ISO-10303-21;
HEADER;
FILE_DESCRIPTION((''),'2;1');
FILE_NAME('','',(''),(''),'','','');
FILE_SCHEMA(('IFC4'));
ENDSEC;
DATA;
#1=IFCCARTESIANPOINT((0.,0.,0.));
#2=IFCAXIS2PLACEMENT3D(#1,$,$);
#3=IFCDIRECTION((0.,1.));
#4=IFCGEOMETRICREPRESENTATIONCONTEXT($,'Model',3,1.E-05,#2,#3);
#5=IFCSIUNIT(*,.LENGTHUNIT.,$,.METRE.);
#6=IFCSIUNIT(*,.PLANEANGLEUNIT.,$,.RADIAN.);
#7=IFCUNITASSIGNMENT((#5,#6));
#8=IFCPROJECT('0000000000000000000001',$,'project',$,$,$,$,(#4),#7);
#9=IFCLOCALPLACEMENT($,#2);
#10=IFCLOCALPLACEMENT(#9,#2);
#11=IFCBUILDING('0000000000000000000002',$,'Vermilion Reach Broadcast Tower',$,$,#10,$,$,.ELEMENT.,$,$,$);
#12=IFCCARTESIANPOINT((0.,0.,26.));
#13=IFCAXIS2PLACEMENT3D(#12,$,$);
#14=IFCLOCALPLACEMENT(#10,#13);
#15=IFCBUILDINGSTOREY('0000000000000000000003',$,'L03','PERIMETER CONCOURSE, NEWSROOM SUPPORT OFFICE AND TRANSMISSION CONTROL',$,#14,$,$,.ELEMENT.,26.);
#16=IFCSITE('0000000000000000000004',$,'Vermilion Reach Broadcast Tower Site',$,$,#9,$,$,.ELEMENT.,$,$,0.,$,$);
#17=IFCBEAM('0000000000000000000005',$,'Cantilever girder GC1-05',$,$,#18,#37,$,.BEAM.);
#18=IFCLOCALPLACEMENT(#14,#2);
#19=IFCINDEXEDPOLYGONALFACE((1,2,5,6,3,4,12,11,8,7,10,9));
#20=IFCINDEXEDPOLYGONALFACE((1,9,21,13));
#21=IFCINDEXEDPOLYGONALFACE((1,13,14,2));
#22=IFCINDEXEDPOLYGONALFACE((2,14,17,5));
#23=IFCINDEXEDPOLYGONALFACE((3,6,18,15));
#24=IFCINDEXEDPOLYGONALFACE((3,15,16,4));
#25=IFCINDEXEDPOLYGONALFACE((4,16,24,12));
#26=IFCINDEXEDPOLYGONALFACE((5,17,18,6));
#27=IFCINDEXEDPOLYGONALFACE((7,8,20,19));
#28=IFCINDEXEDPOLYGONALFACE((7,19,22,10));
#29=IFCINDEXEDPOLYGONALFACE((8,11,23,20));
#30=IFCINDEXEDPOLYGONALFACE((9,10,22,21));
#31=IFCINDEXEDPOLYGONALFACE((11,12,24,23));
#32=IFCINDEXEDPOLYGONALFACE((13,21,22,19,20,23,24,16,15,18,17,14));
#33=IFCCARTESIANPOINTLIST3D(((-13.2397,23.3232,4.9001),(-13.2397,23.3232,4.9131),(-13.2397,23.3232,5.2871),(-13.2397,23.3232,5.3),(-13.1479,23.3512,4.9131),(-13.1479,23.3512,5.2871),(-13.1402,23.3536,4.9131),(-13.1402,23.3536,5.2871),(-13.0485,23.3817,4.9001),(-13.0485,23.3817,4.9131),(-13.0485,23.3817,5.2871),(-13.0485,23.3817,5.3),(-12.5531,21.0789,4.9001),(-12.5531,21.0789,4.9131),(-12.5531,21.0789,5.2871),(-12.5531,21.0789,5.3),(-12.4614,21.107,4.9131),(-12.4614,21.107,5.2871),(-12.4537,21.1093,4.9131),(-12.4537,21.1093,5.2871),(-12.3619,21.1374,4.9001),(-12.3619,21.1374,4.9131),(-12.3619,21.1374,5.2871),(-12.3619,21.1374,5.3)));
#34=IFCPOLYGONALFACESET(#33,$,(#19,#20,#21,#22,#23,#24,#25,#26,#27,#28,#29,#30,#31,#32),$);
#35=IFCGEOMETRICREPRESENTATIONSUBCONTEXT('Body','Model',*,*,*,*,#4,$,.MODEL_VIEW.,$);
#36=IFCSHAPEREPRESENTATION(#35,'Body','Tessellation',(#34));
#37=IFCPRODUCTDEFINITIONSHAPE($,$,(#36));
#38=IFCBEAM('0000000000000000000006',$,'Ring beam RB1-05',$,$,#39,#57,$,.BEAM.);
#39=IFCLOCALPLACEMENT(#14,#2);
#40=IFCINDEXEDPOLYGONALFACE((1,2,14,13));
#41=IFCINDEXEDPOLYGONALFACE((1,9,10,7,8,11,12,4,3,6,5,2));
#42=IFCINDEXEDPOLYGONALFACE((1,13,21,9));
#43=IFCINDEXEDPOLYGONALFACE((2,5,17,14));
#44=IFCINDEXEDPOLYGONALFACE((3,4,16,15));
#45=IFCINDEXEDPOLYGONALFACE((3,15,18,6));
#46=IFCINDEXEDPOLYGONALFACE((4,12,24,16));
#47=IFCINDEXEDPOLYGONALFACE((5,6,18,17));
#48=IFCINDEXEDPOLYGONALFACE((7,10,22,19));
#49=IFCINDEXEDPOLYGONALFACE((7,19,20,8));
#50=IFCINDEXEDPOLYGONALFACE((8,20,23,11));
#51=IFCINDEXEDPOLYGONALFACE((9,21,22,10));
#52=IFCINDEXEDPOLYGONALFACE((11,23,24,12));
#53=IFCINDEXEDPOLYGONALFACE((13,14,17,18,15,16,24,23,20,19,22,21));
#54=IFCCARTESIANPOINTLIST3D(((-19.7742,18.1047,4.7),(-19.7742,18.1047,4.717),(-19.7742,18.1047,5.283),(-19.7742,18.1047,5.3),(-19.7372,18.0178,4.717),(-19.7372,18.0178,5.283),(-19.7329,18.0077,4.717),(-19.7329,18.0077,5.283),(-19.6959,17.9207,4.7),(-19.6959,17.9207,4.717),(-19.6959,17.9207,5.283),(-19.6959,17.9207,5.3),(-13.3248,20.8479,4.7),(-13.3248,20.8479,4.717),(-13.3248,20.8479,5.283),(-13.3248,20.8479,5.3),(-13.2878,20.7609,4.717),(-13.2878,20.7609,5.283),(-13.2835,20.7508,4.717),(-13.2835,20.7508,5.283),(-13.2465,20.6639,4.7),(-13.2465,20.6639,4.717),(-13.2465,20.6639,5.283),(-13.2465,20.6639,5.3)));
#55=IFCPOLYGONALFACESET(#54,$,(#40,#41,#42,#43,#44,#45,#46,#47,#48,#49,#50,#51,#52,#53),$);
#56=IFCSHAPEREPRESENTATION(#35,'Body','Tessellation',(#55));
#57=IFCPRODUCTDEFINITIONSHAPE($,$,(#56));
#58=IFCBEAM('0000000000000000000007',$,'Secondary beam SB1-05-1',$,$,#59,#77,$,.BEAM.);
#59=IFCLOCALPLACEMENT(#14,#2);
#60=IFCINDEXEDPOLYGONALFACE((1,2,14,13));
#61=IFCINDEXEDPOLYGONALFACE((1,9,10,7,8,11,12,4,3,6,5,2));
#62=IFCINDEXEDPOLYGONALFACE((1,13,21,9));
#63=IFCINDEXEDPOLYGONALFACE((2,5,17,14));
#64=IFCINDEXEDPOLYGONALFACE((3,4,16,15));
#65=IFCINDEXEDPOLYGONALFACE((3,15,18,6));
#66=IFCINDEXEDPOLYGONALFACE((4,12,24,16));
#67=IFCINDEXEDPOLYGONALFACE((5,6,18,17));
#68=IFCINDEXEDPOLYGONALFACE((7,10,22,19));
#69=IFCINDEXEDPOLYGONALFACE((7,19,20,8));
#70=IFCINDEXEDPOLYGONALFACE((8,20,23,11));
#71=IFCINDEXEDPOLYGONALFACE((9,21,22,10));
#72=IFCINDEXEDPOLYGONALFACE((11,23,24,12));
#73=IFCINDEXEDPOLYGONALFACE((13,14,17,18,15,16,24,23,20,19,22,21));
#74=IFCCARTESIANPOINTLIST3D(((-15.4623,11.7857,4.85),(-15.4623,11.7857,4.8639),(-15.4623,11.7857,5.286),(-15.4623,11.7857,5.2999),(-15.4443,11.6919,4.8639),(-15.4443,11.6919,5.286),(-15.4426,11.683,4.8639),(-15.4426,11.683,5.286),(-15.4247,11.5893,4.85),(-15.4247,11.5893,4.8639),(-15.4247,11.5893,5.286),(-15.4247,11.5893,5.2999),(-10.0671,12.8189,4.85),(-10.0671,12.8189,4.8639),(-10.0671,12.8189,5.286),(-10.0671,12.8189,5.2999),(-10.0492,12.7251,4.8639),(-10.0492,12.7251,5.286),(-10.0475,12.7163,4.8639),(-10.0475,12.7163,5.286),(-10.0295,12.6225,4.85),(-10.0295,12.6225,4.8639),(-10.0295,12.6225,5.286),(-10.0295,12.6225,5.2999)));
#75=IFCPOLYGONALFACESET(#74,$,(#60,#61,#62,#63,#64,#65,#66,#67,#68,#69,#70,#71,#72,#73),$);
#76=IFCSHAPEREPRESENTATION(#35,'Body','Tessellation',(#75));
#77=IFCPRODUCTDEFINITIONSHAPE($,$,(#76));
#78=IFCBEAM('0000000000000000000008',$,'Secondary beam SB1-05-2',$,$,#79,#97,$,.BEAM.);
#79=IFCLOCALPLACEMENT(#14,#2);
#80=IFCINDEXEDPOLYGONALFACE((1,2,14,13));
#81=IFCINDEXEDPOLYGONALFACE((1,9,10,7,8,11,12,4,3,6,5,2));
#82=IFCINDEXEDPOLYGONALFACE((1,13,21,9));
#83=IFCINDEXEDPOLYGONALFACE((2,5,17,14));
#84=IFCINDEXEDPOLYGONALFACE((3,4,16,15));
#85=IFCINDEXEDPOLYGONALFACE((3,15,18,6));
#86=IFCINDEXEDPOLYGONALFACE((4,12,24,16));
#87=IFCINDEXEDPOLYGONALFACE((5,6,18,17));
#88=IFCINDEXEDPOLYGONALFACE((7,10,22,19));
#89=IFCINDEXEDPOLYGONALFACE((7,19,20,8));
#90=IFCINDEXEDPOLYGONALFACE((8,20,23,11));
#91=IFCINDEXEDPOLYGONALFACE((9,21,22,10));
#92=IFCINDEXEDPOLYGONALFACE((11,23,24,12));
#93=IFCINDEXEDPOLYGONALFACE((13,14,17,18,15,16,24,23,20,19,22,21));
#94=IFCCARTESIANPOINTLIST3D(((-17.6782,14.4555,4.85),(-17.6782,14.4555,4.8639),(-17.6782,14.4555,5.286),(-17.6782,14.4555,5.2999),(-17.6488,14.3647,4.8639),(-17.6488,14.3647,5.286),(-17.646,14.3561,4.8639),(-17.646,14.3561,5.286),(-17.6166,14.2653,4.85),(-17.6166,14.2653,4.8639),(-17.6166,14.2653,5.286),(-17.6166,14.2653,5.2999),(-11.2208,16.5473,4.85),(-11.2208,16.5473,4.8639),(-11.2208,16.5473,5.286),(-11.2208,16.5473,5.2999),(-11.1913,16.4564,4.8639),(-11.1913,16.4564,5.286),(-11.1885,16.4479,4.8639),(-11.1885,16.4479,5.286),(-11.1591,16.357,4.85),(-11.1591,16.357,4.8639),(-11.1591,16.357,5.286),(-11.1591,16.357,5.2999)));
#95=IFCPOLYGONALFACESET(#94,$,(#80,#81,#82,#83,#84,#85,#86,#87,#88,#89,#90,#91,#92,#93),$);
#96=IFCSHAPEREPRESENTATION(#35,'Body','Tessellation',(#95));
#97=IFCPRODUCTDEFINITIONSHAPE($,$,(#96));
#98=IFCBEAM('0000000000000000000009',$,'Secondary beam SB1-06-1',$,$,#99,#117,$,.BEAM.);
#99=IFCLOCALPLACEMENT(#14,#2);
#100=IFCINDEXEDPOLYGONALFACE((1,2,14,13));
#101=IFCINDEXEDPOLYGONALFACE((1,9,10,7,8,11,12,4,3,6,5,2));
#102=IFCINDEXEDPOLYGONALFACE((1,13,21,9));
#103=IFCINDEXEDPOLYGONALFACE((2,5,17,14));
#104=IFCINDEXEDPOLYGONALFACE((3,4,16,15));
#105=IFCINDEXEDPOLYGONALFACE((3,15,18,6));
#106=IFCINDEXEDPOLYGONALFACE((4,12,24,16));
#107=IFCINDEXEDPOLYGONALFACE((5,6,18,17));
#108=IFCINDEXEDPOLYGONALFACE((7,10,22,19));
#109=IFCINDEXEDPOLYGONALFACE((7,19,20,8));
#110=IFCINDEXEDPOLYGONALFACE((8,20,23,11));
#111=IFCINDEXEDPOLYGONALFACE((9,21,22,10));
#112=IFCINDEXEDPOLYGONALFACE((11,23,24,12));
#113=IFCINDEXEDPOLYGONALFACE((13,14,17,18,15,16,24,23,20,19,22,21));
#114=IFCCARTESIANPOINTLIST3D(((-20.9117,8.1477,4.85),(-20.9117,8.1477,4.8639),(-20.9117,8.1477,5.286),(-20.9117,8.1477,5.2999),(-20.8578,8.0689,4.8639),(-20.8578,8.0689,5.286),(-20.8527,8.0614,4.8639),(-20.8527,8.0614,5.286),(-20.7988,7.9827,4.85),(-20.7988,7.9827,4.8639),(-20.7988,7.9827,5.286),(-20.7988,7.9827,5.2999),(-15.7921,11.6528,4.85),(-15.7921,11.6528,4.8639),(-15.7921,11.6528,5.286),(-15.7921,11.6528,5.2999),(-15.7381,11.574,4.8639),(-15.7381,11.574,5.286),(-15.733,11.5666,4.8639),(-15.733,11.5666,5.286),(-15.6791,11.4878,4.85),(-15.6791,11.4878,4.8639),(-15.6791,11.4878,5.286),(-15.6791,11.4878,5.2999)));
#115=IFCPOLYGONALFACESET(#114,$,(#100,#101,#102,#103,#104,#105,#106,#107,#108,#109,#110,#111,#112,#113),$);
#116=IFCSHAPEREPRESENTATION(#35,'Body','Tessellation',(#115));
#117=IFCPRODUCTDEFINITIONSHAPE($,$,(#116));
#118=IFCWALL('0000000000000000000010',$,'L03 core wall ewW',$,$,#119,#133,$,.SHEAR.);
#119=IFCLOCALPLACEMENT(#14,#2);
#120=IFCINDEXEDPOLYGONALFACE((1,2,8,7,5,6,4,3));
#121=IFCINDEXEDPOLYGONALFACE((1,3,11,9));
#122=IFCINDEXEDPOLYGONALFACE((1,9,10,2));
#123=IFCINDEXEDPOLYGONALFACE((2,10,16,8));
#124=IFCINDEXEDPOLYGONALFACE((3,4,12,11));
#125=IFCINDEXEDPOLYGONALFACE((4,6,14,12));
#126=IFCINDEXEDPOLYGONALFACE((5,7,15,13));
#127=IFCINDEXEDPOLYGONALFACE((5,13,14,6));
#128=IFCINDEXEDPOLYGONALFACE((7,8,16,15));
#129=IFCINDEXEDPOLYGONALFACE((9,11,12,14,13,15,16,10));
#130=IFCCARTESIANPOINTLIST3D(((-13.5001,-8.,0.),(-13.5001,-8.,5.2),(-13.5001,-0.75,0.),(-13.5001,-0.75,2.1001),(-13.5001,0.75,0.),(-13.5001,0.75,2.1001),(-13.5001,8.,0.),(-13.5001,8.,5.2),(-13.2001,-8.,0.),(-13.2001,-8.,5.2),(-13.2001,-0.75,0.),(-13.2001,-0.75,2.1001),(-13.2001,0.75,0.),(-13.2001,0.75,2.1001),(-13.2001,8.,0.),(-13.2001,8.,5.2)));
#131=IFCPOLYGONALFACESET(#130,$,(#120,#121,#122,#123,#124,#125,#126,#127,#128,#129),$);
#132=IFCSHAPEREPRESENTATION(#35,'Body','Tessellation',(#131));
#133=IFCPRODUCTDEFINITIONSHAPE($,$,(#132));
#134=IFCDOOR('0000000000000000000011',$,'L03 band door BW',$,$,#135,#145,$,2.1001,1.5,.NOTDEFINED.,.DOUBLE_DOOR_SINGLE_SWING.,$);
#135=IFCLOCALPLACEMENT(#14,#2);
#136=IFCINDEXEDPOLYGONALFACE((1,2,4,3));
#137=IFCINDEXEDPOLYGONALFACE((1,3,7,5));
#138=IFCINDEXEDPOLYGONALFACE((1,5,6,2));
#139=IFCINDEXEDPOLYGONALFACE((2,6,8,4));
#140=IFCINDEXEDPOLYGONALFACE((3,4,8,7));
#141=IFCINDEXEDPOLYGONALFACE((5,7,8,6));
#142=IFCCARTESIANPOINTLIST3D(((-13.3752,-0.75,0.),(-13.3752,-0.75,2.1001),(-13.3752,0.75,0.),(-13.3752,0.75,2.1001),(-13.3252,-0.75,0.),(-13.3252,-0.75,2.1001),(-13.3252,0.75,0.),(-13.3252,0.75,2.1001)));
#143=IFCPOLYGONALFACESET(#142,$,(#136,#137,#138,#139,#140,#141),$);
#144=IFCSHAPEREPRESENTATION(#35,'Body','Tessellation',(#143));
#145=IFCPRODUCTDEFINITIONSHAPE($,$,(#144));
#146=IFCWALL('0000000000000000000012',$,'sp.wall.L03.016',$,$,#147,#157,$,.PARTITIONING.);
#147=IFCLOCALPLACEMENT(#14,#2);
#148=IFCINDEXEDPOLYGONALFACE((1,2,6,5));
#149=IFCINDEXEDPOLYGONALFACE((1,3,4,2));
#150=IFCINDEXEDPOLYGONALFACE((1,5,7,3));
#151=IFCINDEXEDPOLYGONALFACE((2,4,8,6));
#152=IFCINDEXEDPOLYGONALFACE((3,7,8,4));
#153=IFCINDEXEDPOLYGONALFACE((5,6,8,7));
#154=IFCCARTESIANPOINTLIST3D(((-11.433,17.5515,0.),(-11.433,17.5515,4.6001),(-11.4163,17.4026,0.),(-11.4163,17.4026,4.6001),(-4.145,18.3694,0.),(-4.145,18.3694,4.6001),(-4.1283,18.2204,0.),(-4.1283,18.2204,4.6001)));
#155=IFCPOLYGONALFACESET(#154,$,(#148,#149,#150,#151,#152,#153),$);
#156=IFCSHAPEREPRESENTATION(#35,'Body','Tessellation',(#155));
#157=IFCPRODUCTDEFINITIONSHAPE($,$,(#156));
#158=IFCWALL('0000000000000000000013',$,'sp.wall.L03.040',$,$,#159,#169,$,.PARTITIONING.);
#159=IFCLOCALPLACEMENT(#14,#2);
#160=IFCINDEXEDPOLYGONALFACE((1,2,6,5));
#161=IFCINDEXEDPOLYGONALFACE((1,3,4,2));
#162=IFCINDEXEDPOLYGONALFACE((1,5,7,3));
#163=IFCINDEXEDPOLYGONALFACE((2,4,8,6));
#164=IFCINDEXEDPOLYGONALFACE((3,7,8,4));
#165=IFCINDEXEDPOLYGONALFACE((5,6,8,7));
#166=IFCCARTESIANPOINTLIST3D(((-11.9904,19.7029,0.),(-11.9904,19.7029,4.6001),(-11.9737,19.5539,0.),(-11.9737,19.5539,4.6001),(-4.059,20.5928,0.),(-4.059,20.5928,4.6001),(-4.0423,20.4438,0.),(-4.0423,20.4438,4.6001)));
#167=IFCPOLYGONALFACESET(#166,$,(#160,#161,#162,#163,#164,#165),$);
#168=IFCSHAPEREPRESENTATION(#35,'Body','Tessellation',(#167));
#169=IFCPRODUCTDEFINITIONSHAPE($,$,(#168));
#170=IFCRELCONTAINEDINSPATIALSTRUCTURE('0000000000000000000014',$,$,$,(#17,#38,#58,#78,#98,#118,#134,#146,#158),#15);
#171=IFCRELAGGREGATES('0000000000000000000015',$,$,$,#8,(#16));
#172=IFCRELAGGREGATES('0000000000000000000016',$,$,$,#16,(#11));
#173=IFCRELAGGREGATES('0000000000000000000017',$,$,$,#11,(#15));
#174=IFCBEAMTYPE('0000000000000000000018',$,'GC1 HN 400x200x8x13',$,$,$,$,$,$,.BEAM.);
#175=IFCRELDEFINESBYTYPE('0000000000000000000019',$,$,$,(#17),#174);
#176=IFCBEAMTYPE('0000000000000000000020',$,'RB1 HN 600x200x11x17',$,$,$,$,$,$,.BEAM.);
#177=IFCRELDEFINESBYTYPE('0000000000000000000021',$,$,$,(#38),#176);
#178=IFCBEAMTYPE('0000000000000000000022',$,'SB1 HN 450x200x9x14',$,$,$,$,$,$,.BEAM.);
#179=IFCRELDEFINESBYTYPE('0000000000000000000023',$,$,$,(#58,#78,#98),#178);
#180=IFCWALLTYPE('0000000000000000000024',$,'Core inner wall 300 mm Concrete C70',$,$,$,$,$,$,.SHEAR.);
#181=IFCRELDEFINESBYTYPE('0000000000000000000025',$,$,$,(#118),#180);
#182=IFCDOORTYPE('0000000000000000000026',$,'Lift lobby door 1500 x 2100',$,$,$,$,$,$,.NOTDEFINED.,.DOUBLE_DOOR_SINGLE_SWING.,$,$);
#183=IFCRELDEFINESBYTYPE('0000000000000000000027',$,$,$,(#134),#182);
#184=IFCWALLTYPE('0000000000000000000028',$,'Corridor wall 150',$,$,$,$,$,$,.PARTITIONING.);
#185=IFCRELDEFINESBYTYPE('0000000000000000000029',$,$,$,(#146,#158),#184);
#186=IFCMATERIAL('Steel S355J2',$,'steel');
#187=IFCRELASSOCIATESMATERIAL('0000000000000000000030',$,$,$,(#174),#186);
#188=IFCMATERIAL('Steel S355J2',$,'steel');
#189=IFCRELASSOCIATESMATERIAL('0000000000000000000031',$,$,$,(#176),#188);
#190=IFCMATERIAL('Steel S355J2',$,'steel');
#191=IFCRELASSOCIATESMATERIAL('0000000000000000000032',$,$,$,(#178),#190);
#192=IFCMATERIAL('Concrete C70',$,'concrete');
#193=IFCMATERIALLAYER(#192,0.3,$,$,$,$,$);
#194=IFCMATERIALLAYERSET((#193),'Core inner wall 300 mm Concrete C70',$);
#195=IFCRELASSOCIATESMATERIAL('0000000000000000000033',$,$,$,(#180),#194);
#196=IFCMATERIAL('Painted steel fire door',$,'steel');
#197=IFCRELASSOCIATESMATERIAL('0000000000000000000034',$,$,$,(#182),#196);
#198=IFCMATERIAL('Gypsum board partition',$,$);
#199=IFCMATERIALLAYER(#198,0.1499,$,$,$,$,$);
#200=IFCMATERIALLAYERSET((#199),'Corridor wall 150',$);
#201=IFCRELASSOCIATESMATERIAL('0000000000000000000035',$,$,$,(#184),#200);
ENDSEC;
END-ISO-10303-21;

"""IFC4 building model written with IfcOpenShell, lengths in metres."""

from ifc_helpers import new_model, si_unit, direction, frame, frame_2d, origin, origin_2d, place, context, subcontext, project, spatial, rectangle, i_section, extrude, material, layer, layer_set, material_profile, profile_set, type_object, element, fill, save


model = new_model("IFC4")

# Units and contexts
model_context = context("Model", 3, precision=1e-05, world=origin(), true_north=direction((0.0, 1.0)))
body_context = subcontext(model_context, "Body", "Model", "MODEL_VIEW")
ifc_project = project(units=[si_unit("LENGTHUNIT", "METRE"), si_unit("PLANEANGLEUNIT", "RADIAN")], contexts=[model_context])

# Site, building, storey
site_placement = place(None, origin())
site = spatial("IfcSite", under=ifc_project, at=site_placement, Name="Vermilion Reach Broadcast Tower Site", CompositionType="ELEMENT", RefElevation=0.0)
building_placement = place(site_placement, origin())
building = spatial("IfcBuilding", under=site, at=building_placement, Name="Vermilion Reach Broadcast Tower", CompositionType="ELEMENT")
storey_placement = place(building_placement, frame((0.0, 0.0, 26.0)))
storey = spatial("IfcBuildingStorey", under=building, at=storey_placement, Name="L03", Description="PERIMETER CONCOURSE, NEWSROOM SUPPORT OFFICE AND TRANSMISSION CONTROL", CompositionType="ELEMENT", Elevation=26.0)

# Beams
ifc_material_1 = material(Name="Steel S355J2", Category="steel")
ifc_material_profile_1 = material_profile(ifc_material_1, i_section(OverallWidth=0.2, OverallDepth=0.3999, WebThickness=0.0081, FlangeThickness=0.0129, at=origin_2d()), Name="S355J2 HN 400x200x8x13")
ifc_profile_set_1 = profile_set([ifc_material_profile_1], Name="Steel S355J2")
beam_type_1 = type_object("IfcBeamType", Name="GC1 HN 400x200x8x13", PredefinedType="BEAM", material=ifc_profile_set_1)
beam_1_placement = place(storey_placement, frame((-12.4575, 21.1082, 5.1001), z_axis=(-0.292536, 0.956255, 0.0), x_axis=(-0.956255, -0.292536, 0.0)))
element("IfcBeam", 1, at=beam_1_placement, inside=storey, type_object=beam_type_1, Name="Cantilever girder GC1-05", PredefinedType="BEAM", context=body_context, shape_type="SweptSolid", body=[
    extrude(i_section(OverallWidth=0.2, OverallDepth=0.3999, WebThickness=0.0081, FlangeThickness=0.0129, at=origin_2d()), origin(), (0.0, 0.0, 1.0), 2.3469),
])
ifc_material_2 = material(Name="Steel S355J2", Category="steel")
ifc_material_profile_2 = material_profile(ifc_material_2, i_section(OverallWidth=0.2, OverallDepth=0.6001, WebThickness=0.011, FlangeThickness=0.0171, at=origin_2d()), Name="S355J2 HN 600x200x11x17")
ifc_profile_set_2 = profile_set([ifc_material_profile_2], Name="Steel S355J2")
beam_type_2 = type_object("IfcBeamType", Name="RB1 HN 600x200x11x17", PredefinedType="BEAM", material=ifc_profile_set_2)
beam_2_placement = place(storey_placement, frame((-13.2856, 20.7559, 5.0), z_axis=(-0.920221, -0.3914, 0.0), x_axis=(0.3914, -0.920221, 0.0)))
element("IfcBeam", 2, at=beam_2_placement, inside=storey, type_object=beam_type_2, Name="Ring beam RB1-05", PredefinedType="BEAM", context=body_context, shape_type="SweptSolid", body=[
    extrude(i_section(OverallWidth=0.2, OverallDepth=0.6001, WebThickness=0.011, FlangeThickness=0.0171, at=origin_2d()), origin(), (0.0, 0.0, 1.0), 7.0085),
])
ifc_material_3 = material(Name="Steel S355J2", Category="steel")
ifc_material_profile_3 = material_profile(ifc_material_3, i_section(OverallWidth=0.2, OverallDepth=0.45, WebThickness=0.009, FlangeThickness=0.0139, at=origin_2d()), Name="S355J2 HN 450x200x9x14")
ifc_profile_set_3 = profile_set([ifc_material_profile_3], Name="Steel S355J2")
beam_type_3 = type_object("IfcBeamType", Name="SB1 HN 450x200x9x14", PredefinedType="BEAM", material=ifc_profile_set_3)
beam_3_placement = place(storey_placement, frame((-10.0483, 12.7207, 5.075), z_axis=(-0.982151, -0.188092, 0.0), x_axis=(0.188092, -0.982151, 0.0)))
element("IfcBeam", 3, at=beam_3_placement, inside=storey, type_object=beam_type_3, Name="Secondary beam SB1-05-1", PredefinedType="BEAM", context=body_context, shape_type="SweptSolid", body=[
    extrude(i_section(OverallWidth=0.2, OverallDepth=0.45, WebThickness=0.009, FlangeThickness=0.0139, at=origin_2d()), origin(), (0.0, 0.0, 1.0), 5.4932),
])
beam_4_placement = place(storey_placement, frame((-11.1899, 16.4521, 5.075), z_axis=(-0.951332, -0.308167, 0.0), x_axis=(0.308167, -0.951332, 0.0)))
element("IfcBeam", 4, at=beam_4_placement, inside=storey, type_object=beam_type_3, Name="Secondary beam SB1-05-2", PredefinedType="BEAM", context=body_context, shape_type="SweptSolid", body=[
    extrude(i_section(OverallWidth=0.2, OverallDepth=0.45, WebThickness=0.009, FlangeThickness=0.0139, at=origin_2d()), origin(), (0.0, 0.0, 1.0), 6.7878),
])
beam_5_placement = place(storey_placement, frame((-15.7356, 11.5703, 5.075), z_axis=(-0.82514, -0.564928, 0.0), x_axis=(0.564928, -0.82514, 0.0)))
element("IfcBeam", 5, at=beam_5_placement, inside=storey, type_object=beam_type_3, Name="Secondary beam SB1-06-1", PredefinedType="BEAM", context=body_context, shape_type="SweptSolid", body=[
    extrude(i_section(OverallWidth=0.2, OverallDepth=0.45, WebThickness=0.009, FlangeThickness=0.0139, at=origin_2d()), origin(), (0.0, 0.0, 1.0), 6.2046),
])

# Wall, opening, door
ifc_material_4 = material(Name="Concrete C70", Category="concrete")
ifc_layer_1 = layer(ifc_material_4, 0.3)
ifc_layer_set_1 = layer_set([ifc_layer_1], Name="Core inner wall 300 mm Concrete C70")
wall_type_1 = type_object("IfcWallType", Name="Core inner wall 300 mm Concrete C70", PredefinedType="SHEAR", material=ifc_layer_set_1)
wall_1_placement = place(storey_placement, frame((-13.3501, 8.0, 0.0), z_axis=(0.0, 0.0, 1.0), x_axis=(0.0, -1.0, 0.0)))
wall_1 = element("IfcWall", 6, at=wall_1_placement, inside=storey, type_object=wall_type_1, Name="L03 core wall ewW", PredefinedType="SHEAR", context=body_context, shape_type="SweptSolid", body=[
    extrude(rectangle(XDim=16.0, YDim=0.3, at=frame_2d((8.0, 0.0))), origin(), (0.0, 0.0, 1.0), 5.2),
])
opening_1_placement = place(wall_1_placement, frame((7.25, 0.0, 0.0)))
opening_1 = element("IfcOpeningElement", 7, at=opening_1_placement, cuts=wall_1, PredefinedType="OPENING", context=body_context, shape_type="SweptSolid", body=[
    extrude(rectangle(XDim=1.5, YDim=2.1001, at=frame_2d((0.75, 1.05))), frame((0.0, 0.1599, 0.0), z_axis=(0.0, -1.0, 0.0), x_axis=(1.0, 0.0, 0.0)), (0.0, 0.0, 1.0), 0.3201),
])
ifc_material_5 = material(Name="Painted steel fire door", Category="steel")
door_type = type_object("IfcDoorType", Name="Lift lobby door 1500 x 2100", OperationType="DOUBLE_DOOR_SINGLE_SWING", PredefinedType="NOTDEFINED", material=ifc_material_5)
door_placement = place(opening_1_placement, origin())
door = element("IfcDoor", 8, at=door_placement, inside=storey, type_object=door_type, Name="L03 band door BW", OperationType="DOUBLE_DOOR_SINGLE_SWING", OverallHeight=2.1001, OverallWidth=1.5, PredefinedType="NOTDEFINED", context=body_context, shape_type="SweptSolid", body=[
    extrude(rectangle(XDim=1.5, YDim=2.1001, at=frame_2d((0.75, 1.05))), frame((0.0, 0.0249, 0.0), z_axis=(0.0, -1.0, 0.0), x_axis=(1.0, 0.0, 0.0)), (0.0, 0.0, 1.0), 0.05),
])
fill(opening_1, door)

# Walls
ifc_material_6 = material(Name="Gypsum board partition")
ifc_layer_2 = layer(ifc_material_6, 0.1499)
ifc_layer_set_2 = layer_set([ifc_layer_2], Name="Corridor wall 150")
wall_type_2 = type_object("IfcWallType", Name="Corridor wall 150", PredefinedType="PARTITIONING", material=ifc_layer_set_2)
wall_2_placement = place(storey_placement, frame((-11.4248, 17.4771, 0.0), z_axis=(0.0, 0.0, 1.0), x_axis=(0.993762, 0.11152, 0.0)))
element("IfcWall", 9, at=wall_2_placement, inside=storey, type_object=wall_type_2, Name="sp.wall.L03.016", PredefinedType="PARTITIONING", context=body_context, shape_type="SweptSolid", body=[
    extrude(rectangle(XDim=7.3337, YDim=0.1499, at=frame_2d((3.667, 0.0))), origin(), (0.0, 0.0, 1.0), 4.6001),
])
wall_3_placement = place(storey_placement, frame((-11.9822, 19.6284, 0.0), z_axis=(0.0, 0.0, 1.0), x_axis=(0.993765, 0.111499, 0.0)))
element("IfcWall", 10, at=wall_3_placement, inside=storey, type_object=wall_type_2, Name="sp.wall.L03.040", PredefinedType="PARTITIONING", context=body_context, shape_type="SweptSolid", body=[
    extrude(rectangle(XDim=7.9812, YDim=0.1499, at=frame_2d((3.9907, 0.0))), origin(), (0.0, 0.0, 1.0), 4.6001),
])

save(model, "model.ifc")
